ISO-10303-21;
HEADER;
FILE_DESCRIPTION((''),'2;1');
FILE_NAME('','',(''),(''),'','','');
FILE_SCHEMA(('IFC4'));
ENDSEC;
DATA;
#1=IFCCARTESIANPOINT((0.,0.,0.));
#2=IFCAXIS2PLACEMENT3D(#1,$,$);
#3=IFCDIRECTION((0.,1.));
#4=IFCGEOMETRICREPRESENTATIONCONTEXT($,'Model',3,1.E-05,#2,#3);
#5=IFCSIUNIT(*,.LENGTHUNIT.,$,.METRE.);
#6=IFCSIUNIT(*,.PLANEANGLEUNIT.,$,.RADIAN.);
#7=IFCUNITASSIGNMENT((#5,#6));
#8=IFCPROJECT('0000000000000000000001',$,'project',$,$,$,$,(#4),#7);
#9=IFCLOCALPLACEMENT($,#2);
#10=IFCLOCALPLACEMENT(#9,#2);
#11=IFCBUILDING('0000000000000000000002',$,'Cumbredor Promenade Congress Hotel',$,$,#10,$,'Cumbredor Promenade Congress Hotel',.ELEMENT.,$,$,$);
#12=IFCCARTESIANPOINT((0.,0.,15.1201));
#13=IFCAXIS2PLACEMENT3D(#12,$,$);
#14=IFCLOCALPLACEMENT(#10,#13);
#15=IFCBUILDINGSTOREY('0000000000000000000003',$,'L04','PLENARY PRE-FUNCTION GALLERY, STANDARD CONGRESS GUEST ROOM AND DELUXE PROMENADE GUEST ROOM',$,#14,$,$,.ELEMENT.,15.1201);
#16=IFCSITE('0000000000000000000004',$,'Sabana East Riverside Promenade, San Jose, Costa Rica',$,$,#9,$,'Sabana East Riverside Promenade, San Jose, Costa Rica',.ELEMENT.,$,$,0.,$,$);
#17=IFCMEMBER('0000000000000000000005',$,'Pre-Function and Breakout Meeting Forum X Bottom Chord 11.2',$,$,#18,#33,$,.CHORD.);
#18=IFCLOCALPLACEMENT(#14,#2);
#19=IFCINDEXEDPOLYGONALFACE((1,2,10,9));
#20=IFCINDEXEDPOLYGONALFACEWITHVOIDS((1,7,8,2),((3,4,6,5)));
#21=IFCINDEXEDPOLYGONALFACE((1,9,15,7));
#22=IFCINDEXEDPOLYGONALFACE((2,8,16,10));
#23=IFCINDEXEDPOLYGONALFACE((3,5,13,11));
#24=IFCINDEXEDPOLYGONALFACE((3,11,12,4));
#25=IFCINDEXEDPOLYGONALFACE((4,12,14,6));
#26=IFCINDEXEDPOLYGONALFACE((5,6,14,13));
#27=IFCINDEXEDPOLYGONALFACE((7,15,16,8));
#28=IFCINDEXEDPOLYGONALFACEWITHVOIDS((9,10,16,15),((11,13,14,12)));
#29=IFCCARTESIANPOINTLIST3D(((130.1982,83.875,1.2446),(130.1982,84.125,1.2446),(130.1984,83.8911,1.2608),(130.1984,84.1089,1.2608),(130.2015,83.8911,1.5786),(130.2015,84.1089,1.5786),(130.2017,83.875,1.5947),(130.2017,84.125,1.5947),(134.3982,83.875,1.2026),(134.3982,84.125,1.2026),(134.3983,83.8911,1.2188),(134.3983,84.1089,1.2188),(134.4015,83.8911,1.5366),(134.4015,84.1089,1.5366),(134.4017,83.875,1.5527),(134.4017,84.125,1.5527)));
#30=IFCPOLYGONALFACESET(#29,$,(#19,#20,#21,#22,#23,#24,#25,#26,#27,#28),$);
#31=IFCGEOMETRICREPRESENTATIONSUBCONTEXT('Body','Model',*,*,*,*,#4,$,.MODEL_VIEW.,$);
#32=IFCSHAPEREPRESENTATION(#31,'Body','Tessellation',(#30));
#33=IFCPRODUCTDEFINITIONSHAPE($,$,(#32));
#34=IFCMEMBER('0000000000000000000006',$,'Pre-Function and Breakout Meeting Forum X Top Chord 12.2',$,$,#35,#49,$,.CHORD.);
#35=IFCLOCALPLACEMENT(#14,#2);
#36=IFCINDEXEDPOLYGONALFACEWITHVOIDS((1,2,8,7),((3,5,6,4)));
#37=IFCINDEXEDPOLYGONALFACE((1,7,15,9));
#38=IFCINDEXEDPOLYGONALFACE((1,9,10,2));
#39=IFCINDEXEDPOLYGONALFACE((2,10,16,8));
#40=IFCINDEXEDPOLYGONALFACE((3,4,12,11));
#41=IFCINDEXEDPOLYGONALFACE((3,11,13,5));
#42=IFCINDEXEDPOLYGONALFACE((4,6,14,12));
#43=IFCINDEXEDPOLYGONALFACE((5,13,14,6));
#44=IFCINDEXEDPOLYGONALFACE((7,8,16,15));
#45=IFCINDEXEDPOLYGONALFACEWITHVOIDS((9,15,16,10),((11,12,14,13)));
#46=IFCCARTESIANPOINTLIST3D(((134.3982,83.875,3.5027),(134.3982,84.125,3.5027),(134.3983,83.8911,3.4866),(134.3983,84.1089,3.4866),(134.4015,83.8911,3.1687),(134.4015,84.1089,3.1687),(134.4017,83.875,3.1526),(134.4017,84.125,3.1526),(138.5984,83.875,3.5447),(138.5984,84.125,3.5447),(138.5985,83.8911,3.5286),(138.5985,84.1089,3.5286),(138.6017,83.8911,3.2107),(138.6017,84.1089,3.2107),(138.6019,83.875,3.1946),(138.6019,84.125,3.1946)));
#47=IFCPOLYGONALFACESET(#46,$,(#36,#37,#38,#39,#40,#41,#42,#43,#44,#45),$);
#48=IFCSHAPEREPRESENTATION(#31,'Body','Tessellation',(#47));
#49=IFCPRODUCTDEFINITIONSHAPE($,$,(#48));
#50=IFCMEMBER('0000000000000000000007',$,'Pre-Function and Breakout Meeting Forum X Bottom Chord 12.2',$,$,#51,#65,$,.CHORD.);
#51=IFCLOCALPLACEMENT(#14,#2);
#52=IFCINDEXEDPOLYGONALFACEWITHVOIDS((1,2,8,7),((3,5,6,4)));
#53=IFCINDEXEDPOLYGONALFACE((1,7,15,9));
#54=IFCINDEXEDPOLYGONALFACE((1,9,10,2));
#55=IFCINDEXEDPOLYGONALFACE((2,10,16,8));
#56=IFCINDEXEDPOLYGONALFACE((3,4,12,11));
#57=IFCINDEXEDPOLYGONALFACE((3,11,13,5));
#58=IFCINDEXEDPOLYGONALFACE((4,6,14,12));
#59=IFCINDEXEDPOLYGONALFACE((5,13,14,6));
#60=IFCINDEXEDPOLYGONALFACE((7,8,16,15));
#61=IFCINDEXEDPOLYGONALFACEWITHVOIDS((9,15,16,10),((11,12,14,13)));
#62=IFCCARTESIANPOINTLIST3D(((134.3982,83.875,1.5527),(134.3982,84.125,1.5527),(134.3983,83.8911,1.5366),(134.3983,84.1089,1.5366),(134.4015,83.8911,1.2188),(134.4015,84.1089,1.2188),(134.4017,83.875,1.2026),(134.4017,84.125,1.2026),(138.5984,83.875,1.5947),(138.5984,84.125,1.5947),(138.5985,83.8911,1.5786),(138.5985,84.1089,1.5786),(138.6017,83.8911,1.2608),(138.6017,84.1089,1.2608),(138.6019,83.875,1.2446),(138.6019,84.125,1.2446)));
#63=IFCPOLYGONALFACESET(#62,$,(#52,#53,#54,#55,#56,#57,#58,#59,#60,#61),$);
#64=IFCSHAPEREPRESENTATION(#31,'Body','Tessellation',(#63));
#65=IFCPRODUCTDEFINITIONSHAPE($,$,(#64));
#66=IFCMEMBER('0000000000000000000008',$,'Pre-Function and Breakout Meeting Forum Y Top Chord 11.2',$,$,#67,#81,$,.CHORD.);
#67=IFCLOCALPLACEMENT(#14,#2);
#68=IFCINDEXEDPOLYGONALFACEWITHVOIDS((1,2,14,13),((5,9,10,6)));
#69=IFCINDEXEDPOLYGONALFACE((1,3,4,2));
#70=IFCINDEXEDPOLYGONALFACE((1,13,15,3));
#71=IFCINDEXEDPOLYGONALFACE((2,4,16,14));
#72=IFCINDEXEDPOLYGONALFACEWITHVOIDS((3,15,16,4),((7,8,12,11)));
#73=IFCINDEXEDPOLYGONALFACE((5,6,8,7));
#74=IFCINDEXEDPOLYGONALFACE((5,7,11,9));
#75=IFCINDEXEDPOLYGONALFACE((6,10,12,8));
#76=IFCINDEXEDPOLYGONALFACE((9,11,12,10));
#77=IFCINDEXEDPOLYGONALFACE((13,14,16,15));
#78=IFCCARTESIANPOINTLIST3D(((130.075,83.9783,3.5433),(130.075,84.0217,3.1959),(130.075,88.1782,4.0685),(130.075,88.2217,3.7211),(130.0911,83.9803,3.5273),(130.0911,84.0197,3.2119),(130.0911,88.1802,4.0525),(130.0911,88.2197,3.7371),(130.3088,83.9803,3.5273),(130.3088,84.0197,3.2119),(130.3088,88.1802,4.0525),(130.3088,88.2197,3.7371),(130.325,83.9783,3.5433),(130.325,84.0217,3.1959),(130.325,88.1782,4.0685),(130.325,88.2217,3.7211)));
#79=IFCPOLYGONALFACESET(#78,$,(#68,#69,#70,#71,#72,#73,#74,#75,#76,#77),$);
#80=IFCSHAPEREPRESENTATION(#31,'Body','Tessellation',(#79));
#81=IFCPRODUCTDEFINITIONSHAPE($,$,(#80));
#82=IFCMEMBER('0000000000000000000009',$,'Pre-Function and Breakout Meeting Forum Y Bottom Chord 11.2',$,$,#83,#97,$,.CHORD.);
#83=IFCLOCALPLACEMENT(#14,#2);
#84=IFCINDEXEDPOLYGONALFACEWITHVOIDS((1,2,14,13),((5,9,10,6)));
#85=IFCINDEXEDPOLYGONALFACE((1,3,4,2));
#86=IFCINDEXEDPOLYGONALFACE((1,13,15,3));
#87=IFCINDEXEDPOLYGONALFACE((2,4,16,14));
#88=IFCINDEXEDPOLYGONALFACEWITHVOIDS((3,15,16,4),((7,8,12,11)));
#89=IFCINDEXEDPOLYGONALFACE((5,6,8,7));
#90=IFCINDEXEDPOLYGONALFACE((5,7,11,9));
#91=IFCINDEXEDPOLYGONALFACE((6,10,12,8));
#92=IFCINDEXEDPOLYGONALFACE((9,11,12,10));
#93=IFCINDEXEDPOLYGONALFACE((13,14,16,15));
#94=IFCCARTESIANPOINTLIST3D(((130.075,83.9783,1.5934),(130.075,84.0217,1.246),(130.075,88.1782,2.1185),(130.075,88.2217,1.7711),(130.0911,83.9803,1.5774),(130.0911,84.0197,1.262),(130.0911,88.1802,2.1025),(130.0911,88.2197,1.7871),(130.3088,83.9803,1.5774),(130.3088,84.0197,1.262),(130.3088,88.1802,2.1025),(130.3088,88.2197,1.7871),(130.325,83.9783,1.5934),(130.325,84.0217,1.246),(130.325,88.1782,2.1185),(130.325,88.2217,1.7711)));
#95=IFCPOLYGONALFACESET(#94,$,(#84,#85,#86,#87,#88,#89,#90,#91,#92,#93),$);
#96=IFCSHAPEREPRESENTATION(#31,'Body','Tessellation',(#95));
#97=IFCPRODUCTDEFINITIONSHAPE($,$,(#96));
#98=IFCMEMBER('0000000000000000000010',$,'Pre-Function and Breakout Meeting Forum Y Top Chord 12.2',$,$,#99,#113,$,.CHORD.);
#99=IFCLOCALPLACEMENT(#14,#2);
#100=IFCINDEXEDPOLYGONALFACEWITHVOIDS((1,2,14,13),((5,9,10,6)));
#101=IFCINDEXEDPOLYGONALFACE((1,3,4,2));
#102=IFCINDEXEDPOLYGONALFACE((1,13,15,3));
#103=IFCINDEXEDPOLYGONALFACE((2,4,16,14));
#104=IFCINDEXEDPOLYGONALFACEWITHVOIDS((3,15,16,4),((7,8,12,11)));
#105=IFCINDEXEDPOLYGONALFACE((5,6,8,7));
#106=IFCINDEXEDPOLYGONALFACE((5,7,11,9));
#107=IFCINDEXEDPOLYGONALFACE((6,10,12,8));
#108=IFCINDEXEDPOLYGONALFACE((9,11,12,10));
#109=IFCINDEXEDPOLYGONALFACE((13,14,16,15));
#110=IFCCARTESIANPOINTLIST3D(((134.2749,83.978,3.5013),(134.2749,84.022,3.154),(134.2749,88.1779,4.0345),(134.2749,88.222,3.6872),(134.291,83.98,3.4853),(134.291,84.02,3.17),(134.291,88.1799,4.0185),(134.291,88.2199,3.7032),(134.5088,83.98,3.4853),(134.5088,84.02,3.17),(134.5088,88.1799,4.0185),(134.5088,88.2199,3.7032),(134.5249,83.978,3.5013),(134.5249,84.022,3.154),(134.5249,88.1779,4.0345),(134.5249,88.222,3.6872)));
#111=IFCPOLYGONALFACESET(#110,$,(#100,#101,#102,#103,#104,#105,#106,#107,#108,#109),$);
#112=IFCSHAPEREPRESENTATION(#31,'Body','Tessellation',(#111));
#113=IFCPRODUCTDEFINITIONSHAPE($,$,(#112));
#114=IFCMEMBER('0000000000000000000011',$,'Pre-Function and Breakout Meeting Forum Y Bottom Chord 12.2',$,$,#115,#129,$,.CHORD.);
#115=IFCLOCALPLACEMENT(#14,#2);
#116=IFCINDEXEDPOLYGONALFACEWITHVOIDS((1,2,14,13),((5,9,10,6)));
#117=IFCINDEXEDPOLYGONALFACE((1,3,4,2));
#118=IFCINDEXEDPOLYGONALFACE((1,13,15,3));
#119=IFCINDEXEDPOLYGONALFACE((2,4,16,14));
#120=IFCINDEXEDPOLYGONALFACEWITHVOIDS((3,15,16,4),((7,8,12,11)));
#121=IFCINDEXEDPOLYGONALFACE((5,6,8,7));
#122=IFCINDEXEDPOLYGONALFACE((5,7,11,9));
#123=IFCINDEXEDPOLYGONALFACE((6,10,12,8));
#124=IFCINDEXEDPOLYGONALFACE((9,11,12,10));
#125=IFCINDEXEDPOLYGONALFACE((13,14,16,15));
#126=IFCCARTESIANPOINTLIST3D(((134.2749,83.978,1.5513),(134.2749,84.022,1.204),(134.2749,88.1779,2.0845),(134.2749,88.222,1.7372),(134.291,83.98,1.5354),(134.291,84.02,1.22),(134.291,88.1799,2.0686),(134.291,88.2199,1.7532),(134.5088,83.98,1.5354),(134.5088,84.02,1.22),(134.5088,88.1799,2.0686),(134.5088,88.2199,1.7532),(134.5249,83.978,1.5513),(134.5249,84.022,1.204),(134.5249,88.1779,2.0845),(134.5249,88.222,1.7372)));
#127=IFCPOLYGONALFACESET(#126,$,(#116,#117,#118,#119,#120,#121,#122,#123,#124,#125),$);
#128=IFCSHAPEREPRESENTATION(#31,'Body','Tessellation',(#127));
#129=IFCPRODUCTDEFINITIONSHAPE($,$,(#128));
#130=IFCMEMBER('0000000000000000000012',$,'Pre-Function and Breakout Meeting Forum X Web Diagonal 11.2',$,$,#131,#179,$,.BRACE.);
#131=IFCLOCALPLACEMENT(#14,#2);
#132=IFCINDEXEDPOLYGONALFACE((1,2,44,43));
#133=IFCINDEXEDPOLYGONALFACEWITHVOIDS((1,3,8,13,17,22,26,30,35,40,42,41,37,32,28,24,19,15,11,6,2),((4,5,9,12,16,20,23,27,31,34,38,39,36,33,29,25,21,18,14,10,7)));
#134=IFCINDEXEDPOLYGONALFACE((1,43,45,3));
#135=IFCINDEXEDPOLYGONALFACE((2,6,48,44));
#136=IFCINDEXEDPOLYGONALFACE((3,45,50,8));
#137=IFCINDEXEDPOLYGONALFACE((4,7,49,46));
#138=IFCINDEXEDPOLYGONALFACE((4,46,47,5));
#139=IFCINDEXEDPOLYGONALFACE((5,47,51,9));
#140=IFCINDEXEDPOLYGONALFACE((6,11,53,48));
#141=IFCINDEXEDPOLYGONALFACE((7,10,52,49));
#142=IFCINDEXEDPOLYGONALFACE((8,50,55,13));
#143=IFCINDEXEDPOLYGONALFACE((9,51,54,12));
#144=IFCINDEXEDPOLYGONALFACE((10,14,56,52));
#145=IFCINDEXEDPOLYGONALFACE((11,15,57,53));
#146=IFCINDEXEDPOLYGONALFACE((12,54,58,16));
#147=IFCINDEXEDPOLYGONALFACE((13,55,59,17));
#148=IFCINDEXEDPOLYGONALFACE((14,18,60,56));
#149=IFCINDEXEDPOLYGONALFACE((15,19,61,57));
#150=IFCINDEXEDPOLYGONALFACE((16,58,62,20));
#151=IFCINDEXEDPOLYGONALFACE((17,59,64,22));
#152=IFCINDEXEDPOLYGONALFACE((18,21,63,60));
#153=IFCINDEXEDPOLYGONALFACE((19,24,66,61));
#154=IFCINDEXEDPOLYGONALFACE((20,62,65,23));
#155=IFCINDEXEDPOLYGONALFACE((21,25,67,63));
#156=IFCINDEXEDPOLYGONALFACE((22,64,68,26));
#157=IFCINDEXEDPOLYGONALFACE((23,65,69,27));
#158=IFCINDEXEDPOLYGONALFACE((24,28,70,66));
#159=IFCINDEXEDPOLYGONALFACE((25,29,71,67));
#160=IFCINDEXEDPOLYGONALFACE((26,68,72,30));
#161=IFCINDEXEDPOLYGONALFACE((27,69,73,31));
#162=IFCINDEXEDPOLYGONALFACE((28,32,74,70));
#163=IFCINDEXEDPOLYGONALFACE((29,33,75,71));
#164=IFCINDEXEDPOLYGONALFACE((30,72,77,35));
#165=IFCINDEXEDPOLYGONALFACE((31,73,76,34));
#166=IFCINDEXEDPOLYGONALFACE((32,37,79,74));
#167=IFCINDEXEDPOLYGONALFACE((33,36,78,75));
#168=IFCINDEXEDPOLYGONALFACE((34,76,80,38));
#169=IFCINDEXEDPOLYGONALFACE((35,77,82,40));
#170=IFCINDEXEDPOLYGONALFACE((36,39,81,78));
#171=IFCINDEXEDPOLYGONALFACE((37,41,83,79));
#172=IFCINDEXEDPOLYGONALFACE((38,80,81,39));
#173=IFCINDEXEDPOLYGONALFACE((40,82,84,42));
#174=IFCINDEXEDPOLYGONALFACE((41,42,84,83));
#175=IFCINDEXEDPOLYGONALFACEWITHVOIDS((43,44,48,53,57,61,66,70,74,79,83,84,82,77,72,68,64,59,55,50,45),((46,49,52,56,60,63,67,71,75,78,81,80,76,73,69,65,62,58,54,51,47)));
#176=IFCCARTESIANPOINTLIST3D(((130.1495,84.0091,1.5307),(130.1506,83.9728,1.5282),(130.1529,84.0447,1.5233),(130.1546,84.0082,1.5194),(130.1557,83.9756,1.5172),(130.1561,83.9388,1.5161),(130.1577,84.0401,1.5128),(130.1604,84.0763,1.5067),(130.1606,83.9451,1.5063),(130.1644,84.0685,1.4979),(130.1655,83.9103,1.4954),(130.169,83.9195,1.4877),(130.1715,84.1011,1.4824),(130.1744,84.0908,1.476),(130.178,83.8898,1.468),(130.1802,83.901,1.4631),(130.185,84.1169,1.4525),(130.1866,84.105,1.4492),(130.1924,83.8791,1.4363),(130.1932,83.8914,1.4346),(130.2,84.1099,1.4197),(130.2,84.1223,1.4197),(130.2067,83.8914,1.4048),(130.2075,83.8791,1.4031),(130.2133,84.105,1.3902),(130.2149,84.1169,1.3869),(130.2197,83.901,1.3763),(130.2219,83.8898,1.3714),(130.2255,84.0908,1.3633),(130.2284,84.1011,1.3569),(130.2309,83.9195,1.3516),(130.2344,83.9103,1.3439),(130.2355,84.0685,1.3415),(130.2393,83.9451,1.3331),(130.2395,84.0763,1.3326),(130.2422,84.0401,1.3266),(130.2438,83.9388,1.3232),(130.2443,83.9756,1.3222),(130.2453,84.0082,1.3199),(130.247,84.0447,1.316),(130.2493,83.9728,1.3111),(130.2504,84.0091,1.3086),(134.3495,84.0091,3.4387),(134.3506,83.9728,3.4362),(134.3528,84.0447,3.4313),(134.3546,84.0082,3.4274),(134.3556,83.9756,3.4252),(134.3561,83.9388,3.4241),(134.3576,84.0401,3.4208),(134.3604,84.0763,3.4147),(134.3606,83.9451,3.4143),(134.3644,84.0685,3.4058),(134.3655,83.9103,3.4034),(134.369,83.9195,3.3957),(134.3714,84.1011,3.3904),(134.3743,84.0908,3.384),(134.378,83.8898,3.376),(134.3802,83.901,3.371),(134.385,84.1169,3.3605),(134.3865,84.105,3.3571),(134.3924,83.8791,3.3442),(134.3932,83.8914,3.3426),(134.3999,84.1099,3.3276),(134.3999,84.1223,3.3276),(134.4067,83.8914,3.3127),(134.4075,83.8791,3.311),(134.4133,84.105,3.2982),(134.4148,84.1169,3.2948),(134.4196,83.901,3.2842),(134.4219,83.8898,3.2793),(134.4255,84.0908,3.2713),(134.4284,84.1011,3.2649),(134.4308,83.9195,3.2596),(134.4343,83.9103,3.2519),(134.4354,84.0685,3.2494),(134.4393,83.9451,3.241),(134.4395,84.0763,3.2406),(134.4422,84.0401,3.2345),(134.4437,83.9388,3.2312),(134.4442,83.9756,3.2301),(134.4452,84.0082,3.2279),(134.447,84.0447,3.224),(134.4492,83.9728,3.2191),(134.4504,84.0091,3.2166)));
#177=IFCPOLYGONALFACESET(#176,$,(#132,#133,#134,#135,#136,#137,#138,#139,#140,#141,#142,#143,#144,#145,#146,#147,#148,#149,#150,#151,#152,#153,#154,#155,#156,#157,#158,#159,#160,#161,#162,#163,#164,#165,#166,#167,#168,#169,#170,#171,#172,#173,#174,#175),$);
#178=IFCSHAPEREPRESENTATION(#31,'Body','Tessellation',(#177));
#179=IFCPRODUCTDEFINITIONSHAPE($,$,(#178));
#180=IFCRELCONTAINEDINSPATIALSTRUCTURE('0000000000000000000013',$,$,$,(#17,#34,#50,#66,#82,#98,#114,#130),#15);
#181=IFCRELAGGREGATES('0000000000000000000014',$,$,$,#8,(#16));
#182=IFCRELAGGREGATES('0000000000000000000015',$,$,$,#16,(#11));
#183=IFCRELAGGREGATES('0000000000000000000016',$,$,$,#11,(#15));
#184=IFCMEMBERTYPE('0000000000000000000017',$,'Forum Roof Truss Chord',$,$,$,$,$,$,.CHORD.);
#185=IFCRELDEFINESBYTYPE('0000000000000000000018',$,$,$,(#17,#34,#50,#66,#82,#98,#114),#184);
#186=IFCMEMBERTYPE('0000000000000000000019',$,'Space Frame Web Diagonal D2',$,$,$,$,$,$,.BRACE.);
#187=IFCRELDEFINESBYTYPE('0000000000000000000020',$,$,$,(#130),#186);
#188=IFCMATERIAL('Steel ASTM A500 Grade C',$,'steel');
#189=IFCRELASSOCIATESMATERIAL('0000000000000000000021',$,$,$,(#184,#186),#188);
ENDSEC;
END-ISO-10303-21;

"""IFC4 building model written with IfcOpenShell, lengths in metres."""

from ifc_helpers import new_model, si_unit, direction, frame, origin, origin_2d, place, context, subcontext, project, spatial, hollow_rectangle, hollow_circle, extrude, material, material_profile, profile_set, type_object, element, save


model = new_model("IFC4")

# Units and contexts
model_context = context("Model", 3, precision=1e-05, world=origin(), true_north=direction((0.0, 1.0)))
body_context = subcontext(model_context, "Body", "Model", "MODEL_VIEW")
ifc_project = project(units=[si_unit("LENGTHUNIT", "METRE"), si_unit("PLANEANGLEUNIT", "RADIAN")], contexts=[model_context])

# Site, building, storey
site_placement = place(None, origin())
site = spatial("IfcSite", under=ifc_project, at=site_placement, Name="Sabana East Riverside Promenade, San Jose, Costa Rica", LongName="Sabana East Riverside Promenade, San Jose, Costa Rica", CompositionType="ELEMENT", RefElevation=0.0)
building_placement = place(site_placement, origin())
building = spatial("IfcBuilding", under=site, at=building_placement, Name="Cumbredor Promenade Congress Hotel", LongName="Cumbredor Promenade Congress Hotel", CompositionType="ELEMENT")
storey_placement = place(building_placement, frame((0.0, 0.0, 15.1201)))
storey = spatial("IfcBuildingStorey", under=building, at=storey_placement, Name="L04", Description="PLENARY PRE-FUNCTION GALLERY, STANDARD CONGRESS GUEST ROOM AND DELUXE PROMENADE GUEST ROOM", CompositionType="ELEMENT", Elevation=15.1201)

# Members
ifc_material_1 = material(Name="Steel ASTM A500 Grade C", Category="steel")
ifc_material_profile_1 = material_profile(ifc_material_1, hollow_rectangle(XDim=0.25, YDim=0.3501, WallThickness=0.0161, at=origin_2d()), Name="HSS 350x250x16")
ifc_profile_set_1 = profile_set([ifc_material_profile_1], Name="Steel ASTM A500 Grade C")
member_type_1 = type_object("IfcMemberType", Name="Forum Roof Truss Chord", PredefinedType="CHORD", material=ifc_profile_set_1)
for number, where, z_axis, x_axis, name in (
    (1, (130.2, 84.0, 1.4197), (0.99995, 0.0, -0.009998), (0.0, 1.0, 0.0), "Pre-Function and Breakout Meeting Forum X Bottom Chord 11.2"),
):
    element("IfcMember", number, at=place(storey_placement, frame(where, z_axis=z_axis, x_axis=x_axis)), inside=storey, type_object=member_type_1, Name=name, PredefinedType="CHORD", context=body_context, shape_type="SweptSolid", body=[
        extrude(hollow_rectangle(XDim=0.25, YDim=0.3501, WallThickness=0.0161, at=origin_2d()), origin(), (0.0, 0.0, 1.0), 4.2002),
    ])
for number, where, z_axis, x_axis, name in (
    (2, (134.3999, 84.0, 3.3276), (0.99995, 0.0, 0.009997), (0.0, 1.0, 0.0), "Pre-Function and Breakout Meeting Forum X Top Chord 12.2"),
    (3, (134.3999, 84.0, 1.3777), (0.99995, 0.0, 0.009997), (0.0, 1.0, 0.0), "Pre-Function and Breakout Meeting Forum X Bottom Chord 12.2"),
):
    element("IfcMember", number, at=place(storey_placement, frame(where, z_axis=z_axis, x_axis=x_axis)), inside=storey, type_object=member_type_1, Name=name, PredefinedType="CHORD", context=body_context, shape_type="SweptSolid", body=[
        extrude(hollow_rectangle(XDim=0.25, YDim=0.3501, WallThickness=0.0161, at=origin_2d()), origin(), (0.0, 0.0, 1.0), 4.2004),
    ])
for number, where, z_axis, x_axis, name in (
    (4, (130.2, 84.0, 3.3696), (0.0, 0.992273, 0.12407), (-1.0, 0.0, 0.0), "Pre-Function and Breakout Meeting Forum Y Top Chord 11.2"),
    (5, (130.2, 84.0, 1.4197), (0.0, 0.992273, 0.12407), (-1.0, 0.0, 0.0), "Pre-Function and Breakout Meeting Forum Y Bottom Chord 11.2"),
):
    element("IfcMember", number, at=place(storey_placement, frame(where, z_axis=z_axis, x_axis=x_axis)), inside=storey, type_object=member_type_1, Name=name, PredefinedType="CHORD", context=body_context, shape_type="SweptSolid", body=[
        extrude(hollow_rectangle(XDim=0.25, YDim=0.3501, WallThickness=0.0161, at=origin_2d()), origin(), (0.0, 0.0, 1.0), 4.2327),
    ])
for number, where, z_axis, x_axis, name in (
    (6, (134.3999, 84.0, 3.3276), (0.0, 0.992037, 0.125944), (-1.0, 0.0, 0.0), "Pre-Function and Breakout Meeting Forum Y Top Chord 12.2"),
    (7, (134.3999, 84.0, 1.3777), (0.0, 0.992037, 0.125944), (-1.0, 0.0, 0.0), "Pre-Function and Breakout Meeting Forum Y Bottom Chord 12.2"),
):
    element("IfcMember", number, at=place(storey_placement, frame(where, z_axis=z_axis, x_axis=x_axis)), inside=storey, type_object=member_type_1, Name=name, PredefinedType="CHORD", context=body_context, shape_type="SweptSolid", body=[
        extrude(hollow_rectangle(XDim=0.25, YDim=0.3501, WallThickness=0.0161, at=origin_2d()), origin(), (0.0, 0.0, 1.0), 4.2336),
    ])
ifc_material_profile_2 = material_profile(ifc_material_1, hollow_circle(Radius=0.1223, WallThickness=0.0125, at=origin_2d()), Name="CHS 244.5x12.5")
ifc_profile_set_2 = profile_set([ifc_material_profile_2], Name="Steel ASTM A500 Grade C")
member_type_2 = type_object("IfcMemberType", Name="Space Frame Web Diagonal D2", PredefinedType="BRACE", material=ifc_profile_set_2)
member_1_placement = place(storey_placement, frame((130.2, 84.0, 1.4197), z_axis=(0.910457, 0.0, 0.413604), x_axis=(0.0, 1.0, 0.0)))
element("IfcMember", 8, at=member_1_placement, inside=storey, type_object=member_type_2, Name="Pre-Function and Breakout Meeting Forum X Web Diagonal 11.2", PredefinedType="BRACE", context=body_context, shape_type="SweptSolid", body=[
    extrude(hollow_circle(Radius=0.1223, WallThickness=0.0125, at=origin_2d()), origin(), (0.0, 0.0, 1.0), 4.613),
])

save(model, "model.ifc")
